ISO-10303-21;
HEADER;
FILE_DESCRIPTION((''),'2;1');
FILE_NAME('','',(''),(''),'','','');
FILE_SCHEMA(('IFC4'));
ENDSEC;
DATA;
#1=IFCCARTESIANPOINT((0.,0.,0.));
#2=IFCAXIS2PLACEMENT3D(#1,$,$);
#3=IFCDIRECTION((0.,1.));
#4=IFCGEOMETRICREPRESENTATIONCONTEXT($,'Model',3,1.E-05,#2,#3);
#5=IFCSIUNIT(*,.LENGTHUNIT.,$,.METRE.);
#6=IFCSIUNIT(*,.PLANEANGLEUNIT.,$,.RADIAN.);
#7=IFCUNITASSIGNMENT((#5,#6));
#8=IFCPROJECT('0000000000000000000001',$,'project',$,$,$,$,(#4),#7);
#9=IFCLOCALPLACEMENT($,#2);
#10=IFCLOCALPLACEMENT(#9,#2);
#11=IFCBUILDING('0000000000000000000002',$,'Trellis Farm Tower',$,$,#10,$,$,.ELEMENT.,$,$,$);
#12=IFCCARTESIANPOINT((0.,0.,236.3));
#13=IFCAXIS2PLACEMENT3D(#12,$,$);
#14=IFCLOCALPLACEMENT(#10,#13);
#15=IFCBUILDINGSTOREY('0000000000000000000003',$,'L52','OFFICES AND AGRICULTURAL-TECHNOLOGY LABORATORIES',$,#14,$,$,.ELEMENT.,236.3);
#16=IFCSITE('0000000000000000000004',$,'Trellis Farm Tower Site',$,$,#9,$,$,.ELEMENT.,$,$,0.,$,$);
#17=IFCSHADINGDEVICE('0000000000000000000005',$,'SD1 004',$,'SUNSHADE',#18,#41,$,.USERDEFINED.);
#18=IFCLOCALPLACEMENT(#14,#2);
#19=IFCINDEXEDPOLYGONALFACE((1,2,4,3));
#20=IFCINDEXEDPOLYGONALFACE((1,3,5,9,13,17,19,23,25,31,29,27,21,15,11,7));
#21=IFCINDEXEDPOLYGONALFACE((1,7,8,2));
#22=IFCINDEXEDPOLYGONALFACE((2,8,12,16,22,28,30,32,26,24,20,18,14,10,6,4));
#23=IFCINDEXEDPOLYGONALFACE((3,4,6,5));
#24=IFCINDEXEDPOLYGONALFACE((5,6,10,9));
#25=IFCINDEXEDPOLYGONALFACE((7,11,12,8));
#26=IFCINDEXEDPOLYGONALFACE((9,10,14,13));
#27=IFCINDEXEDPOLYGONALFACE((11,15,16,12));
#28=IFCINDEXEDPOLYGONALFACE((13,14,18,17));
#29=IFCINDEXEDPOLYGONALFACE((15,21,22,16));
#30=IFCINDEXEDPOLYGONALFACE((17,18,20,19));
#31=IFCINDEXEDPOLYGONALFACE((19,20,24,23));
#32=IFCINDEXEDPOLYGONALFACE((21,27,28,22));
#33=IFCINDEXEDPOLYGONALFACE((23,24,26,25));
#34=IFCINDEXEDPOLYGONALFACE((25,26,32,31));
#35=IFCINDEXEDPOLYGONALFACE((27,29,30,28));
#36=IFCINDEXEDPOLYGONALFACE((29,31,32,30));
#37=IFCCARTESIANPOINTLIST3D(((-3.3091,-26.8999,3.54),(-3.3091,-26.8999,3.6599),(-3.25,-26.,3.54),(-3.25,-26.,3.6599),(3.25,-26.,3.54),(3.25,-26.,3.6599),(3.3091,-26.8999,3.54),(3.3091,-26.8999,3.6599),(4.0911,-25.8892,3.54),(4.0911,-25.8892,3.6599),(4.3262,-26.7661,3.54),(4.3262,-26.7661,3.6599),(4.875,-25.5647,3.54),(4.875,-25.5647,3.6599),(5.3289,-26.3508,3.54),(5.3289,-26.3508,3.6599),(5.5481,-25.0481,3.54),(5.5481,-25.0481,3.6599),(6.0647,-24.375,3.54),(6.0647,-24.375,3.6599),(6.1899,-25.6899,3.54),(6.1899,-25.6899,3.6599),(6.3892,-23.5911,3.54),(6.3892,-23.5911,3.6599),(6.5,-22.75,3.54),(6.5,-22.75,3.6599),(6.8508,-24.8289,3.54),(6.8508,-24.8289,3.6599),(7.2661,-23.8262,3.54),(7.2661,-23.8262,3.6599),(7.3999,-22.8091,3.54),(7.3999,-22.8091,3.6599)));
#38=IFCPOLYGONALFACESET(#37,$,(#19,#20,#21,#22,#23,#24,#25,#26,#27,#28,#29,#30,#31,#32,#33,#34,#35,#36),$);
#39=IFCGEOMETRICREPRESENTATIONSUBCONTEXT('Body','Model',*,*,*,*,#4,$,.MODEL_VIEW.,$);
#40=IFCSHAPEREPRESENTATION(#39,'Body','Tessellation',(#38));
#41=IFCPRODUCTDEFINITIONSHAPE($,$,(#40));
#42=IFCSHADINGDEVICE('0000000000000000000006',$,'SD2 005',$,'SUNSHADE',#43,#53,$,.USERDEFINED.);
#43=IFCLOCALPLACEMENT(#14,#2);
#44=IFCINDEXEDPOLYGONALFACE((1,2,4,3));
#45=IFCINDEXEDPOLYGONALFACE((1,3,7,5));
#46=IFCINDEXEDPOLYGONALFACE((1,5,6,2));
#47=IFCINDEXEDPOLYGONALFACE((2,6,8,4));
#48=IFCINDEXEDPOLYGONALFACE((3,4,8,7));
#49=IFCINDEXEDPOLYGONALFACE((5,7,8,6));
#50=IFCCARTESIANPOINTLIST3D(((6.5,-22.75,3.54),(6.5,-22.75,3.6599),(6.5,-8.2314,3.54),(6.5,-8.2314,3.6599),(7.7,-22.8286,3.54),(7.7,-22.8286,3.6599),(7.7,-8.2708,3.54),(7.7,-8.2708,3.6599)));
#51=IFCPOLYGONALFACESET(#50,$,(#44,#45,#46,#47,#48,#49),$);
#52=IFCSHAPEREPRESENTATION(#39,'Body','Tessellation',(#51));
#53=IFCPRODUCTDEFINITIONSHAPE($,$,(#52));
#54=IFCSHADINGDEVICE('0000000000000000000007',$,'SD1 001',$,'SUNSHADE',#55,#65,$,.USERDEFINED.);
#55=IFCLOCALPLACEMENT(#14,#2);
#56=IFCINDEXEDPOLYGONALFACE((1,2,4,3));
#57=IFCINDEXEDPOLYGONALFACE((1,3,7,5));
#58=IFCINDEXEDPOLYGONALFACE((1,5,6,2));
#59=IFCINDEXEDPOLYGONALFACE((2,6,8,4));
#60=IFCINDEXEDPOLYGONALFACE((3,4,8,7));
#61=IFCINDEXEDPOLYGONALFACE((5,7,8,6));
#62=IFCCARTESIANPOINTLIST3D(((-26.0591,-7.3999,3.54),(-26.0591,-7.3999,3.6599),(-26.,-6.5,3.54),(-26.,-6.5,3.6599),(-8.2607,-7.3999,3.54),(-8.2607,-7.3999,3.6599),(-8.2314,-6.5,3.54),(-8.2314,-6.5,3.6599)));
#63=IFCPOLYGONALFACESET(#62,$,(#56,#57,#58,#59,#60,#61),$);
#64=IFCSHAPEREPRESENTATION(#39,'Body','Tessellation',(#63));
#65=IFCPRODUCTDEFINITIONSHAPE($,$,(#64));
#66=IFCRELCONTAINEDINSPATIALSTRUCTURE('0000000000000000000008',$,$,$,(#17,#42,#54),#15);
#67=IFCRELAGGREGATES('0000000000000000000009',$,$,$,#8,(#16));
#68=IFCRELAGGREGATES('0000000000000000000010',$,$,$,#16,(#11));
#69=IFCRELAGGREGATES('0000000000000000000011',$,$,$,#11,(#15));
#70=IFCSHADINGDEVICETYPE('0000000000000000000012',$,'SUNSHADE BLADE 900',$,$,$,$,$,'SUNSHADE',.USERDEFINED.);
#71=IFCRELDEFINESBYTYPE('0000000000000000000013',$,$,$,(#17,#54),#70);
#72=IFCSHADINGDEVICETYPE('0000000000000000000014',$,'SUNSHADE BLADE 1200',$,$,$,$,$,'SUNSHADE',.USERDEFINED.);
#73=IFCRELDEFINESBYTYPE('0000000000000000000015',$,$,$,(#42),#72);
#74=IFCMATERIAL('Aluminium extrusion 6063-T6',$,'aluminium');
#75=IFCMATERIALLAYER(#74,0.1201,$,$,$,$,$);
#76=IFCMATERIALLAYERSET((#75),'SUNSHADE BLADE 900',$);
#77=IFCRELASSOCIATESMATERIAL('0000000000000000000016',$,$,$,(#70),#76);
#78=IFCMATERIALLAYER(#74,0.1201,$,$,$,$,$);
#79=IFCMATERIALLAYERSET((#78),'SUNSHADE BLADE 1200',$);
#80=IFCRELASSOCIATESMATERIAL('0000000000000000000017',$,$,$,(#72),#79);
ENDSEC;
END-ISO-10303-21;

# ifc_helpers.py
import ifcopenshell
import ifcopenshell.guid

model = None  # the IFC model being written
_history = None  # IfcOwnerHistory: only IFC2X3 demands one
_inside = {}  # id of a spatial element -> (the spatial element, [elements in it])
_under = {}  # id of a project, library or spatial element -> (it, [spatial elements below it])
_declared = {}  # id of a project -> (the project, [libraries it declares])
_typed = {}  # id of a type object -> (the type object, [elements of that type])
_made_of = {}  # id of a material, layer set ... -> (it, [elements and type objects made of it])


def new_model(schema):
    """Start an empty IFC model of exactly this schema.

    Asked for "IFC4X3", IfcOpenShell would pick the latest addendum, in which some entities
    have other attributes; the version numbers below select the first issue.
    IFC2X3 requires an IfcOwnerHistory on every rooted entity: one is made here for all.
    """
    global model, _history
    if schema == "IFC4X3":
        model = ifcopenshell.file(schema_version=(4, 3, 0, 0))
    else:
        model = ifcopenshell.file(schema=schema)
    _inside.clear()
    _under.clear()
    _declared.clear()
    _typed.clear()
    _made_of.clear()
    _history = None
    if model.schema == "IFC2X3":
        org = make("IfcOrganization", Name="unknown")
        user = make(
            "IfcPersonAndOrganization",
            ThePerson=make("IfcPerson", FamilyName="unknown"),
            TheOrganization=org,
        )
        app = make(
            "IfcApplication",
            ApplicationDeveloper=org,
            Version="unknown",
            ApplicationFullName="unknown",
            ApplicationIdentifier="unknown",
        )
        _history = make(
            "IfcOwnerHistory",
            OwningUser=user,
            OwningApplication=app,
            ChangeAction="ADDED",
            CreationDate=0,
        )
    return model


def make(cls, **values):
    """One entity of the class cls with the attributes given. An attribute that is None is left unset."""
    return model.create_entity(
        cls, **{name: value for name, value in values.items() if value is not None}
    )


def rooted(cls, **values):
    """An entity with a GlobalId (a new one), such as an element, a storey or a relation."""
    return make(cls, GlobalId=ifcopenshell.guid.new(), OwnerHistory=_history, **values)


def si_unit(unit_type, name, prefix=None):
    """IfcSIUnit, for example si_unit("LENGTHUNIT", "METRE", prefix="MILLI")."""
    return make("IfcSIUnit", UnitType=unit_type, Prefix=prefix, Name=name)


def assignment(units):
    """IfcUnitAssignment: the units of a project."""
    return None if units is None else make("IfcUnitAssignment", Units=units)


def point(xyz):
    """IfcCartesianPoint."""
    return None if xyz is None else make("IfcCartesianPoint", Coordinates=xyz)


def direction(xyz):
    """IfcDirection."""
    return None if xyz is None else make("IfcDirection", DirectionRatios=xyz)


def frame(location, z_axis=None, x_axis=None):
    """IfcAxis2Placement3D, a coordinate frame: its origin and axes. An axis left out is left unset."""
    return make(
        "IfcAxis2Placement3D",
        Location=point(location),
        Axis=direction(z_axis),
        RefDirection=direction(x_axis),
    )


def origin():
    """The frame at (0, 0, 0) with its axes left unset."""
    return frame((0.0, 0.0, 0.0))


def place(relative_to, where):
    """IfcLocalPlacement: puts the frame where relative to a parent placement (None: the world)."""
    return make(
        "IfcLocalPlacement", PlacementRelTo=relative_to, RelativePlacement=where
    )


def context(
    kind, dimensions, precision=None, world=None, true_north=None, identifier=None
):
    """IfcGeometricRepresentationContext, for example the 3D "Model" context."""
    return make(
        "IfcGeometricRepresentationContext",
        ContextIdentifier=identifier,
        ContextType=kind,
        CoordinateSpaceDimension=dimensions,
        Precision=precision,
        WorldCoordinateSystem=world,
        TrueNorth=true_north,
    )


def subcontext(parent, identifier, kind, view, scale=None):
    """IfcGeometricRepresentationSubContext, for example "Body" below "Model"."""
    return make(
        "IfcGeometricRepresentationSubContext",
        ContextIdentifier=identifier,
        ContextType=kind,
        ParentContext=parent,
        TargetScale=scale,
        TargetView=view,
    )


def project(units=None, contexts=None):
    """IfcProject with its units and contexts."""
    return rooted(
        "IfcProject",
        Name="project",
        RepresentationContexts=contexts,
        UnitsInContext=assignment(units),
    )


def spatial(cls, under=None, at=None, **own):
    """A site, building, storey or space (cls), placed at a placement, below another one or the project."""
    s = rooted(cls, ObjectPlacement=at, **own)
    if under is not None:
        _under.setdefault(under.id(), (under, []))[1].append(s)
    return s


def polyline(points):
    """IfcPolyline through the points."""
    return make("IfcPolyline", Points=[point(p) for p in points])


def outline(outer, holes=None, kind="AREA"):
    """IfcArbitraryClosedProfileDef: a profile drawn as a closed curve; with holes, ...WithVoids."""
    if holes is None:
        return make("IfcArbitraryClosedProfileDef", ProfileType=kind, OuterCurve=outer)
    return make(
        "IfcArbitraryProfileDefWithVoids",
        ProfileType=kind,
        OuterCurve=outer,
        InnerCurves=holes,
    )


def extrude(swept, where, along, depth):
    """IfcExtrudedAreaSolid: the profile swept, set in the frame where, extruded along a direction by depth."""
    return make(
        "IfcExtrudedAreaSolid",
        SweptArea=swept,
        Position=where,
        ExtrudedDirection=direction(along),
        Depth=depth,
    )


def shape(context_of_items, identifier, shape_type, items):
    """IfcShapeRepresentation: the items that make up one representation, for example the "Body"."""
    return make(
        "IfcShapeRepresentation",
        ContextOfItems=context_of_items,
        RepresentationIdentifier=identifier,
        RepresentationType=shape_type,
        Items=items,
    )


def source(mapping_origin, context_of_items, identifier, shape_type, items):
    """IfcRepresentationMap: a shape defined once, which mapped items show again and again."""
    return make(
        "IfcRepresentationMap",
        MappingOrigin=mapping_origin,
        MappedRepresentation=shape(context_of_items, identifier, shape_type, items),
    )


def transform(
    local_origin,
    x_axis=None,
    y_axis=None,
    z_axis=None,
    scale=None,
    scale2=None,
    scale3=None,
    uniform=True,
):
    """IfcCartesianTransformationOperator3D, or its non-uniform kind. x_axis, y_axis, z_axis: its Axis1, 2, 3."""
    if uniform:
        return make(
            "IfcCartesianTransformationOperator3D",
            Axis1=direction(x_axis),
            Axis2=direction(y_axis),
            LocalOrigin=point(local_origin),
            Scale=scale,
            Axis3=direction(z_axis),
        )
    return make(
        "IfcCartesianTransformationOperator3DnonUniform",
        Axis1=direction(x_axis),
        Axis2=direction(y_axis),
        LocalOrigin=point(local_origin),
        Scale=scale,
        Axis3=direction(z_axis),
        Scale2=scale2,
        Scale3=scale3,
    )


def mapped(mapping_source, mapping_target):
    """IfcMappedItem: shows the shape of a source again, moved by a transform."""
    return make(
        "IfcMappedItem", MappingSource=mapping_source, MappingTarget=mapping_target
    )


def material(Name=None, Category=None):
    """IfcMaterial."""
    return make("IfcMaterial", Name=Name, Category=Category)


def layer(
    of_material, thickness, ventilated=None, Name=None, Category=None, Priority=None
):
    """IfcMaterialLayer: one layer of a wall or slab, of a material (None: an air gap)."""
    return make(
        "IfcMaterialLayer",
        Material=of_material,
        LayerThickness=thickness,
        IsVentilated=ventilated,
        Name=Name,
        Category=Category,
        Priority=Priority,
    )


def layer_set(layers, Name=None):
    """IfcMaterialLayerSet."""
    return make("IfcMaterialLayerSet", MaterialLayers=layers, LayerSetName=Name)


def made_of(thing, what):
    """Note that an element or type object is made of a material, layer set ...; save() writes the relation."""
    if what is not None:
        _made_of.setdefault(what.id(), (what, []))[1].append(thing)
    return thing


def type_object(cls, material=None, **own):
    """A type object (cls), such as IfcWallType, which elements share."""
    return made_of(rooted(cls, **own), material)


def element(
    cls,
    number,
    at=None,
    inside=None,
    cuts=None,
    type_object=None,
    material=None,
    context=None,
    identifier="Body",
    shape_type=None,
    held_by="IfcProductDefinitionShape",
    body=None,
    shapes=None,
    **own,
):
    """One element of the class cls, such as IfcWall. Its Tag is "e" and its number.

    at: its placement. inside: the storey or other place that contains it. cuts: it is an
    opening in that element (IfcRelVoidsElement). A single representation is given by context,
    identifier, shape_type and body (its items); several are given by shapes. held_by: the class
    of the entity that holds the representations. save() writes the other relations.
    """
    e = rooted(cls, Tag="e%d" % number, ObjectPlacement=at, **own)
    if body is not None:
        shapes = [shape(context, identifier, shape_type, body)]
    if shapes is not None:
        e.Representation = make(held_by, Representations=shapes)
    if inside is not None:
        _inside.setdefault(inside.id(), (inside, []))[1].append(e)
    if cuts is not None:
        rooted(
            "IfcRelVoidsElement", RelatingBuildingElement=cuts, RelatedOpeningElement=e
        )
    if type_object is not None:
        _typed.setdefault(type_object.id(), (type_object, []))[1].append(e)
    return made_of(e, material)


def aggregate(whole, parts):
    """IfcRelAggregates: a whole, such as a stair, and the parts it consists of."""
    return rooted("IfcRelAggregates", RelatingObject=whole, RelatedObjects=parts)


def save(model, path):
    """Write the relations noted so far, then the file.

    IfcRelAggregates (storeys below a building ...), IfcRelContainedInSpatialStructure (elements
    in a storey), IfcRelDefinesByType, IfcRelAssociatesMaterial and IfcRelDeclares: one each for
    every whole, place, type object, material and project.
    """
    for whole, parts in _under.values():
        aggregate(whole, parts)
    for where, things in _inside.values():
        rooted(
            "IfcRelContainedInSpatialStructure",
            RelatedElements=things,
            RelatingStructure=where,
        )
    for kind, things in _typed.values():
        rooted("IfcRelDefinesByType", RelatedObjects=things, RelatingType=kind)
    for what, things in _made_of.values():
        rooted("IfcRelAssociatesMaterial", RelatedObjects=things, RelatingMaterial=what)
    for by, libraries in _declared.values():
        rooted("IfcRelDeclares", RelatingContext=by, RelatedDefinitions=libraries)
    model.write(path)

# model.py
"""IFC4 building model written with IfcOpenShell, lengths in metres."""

from ifc_helpers import new_model, si_unit, direction, frame, origin, place, context, subcontext, project, spatial, polyline, outline, extrude, source, transform, mapped, material, layer, layer_set, type_object, element, save


model = new_model("IFC4")

# Units and contexts
model_context = context("Model", 3, precision=1e-05, world=origin(), true_north=direction((0.0, 1.0)))
body_context = subcontext(model_context, "Body", "Model", "MODEL_VIEW")
ifc_project = project(units=[si_unit("LENGTHUNIT", "METRE"), si_unit("PLANEANGLEUNIT", "RADIAN")], contexts=[model_context])

# Site, building, storey
site_placement = place(None, origin())
site = spatial("IfcSite", under=ifc_project, at=site_placement, Name="Trellis Farm Tower Site", CompositionType="ELEMENT", RefElevation=0.0)
building_placement = place(site_placement, origin())
building = spatial("IfcBuilding", under=site, at=building_placement, Name="Trellis Farm Tower", CompositionType="ELEMENT")
storey_placement = place(building_placement, frame((0.0, 0.0, 236.3)))
storey = spatial("IfcBuildingStorey", under=building, at=storey_placement, Name="L52", Description="OFFICES AND AGRICULTURAL-TECHNOLOGY LABORATORIES", CompositionType="ELEMENT", Elevation=236.3)

# Shared definitions
ifc_material_1 = material(Name="Aluminium extrusion 6063-T6", Category="aluminium")

# Shading devices
ifc_layer_1 = layer(ifc_material_1, 0.1201)
ifc_layer_set_1 = layer_set([ifc_layer_1], Name="SUNSHADE BLADE 900")
shading_device_type_1 = type_object("IfcShadingDeviceType", Name="SUNSHADE BLADE 900", ElementType="SUNSHADE", PredefinedType="USERDEFINED", material=ifc_layer_set_1)
placement_1 = place(storey_placement, frame((0.0, 0.0, 3.54)))
ifc_layer_2 = layer(ifc_material_1, 0.1201)
ifc_layer_set_2 = layer_set([ifc_layer_2], Name="SUNSHADE BLADE 1200")
shading_device_type_2 = type_object("IfcShadingDeviceType", Name="SUNSHADE BLADE 1200", ElementType="SUNSHADE", PredefinedType="USERDEFINED", material=ifc_layer_set_2)
shared_shape_1 = source(origin(), body_context, "Body", "SweptSolid", [
    extrude(outline(polyline([(-3.3091, -26.8999), (3.3091, -26.8999), (4.3262, -26.7661), (5.3289, -26.3508), (6.1899, -25.6899), (6.8508, -24.8289), (7.2661, -23.8262), (7.3999, -22.8091), (6.5, -22.75), (6.3892, -23.5911), (6.0647, -24.375), (5.5481, -25.0481), (4.875, -25.5647), (4.0911, -25.8892), (3.25, -26.0), (-3.25, -26.0), (-3.3091, -26.8999)])), origin(), (0.0, 0.0, 1.0), 0.1199),
])
element("IfcShadingDevice", 1, at=placement_1, inside=storey, type_object=shading_device_type_1, Name="SD1 004", ObjectType="SUNSHADE", PredefinedType="USERDEFINED", context=body_context, shape_type="MappedRepresentation", body=[
    mapped(shared_shape_1, transform((0.0, 0.0, 0.0))),
])
shared_shape_2 = source(origin(), body_context, "Body", "SweptSolid", [
    extrude(outline(polyline([(7.7, -22.8286), (7.7, -8.2708), (6.5, -8.2314), (6.5, -22.75), (7.7, -22.8286)])), origin(), (0.0, 0.0, 1.0), 0.1199),
])
element("IfcShadingDevice", 2, at=placement_1, inside=storey, type_object=shading_device_type_2, Name="SD2 005", ObjectType="SUNSHADE", PredefinedType="USERDEFINED", context=body_context, shape_type="MappedRepresentation", body=[
    mapped(shared_shape_2, transform((0.0, 0.0, 0.0))),
])
shared_shape_3 = source(origin(), body_context, "Body", "SweptSolid", [
    extrude(outline(polyline([(-26.0591, -7.3999), (-8.2607, -7.3999), (-8.2314, -6.5), (-26.0, -6.5), (-26.0591, -7.3999)])), origin(), (0.0, 0.0, 1.0), 0.1199),
])
element("IfcShadingDevice", 3, at=placement_1, inside=storey, type_object=shading_device_type_1, Name="SD1 001", ObjectType="SUNSHADE", PredefinedType="USERDEFINED", context=body_context, shape_type="MappedRepresentation", body=[
    mapped(shared_shape_3, transform((0.0, 0.0, 0.0))),
])

save(model, "model.ifc")
